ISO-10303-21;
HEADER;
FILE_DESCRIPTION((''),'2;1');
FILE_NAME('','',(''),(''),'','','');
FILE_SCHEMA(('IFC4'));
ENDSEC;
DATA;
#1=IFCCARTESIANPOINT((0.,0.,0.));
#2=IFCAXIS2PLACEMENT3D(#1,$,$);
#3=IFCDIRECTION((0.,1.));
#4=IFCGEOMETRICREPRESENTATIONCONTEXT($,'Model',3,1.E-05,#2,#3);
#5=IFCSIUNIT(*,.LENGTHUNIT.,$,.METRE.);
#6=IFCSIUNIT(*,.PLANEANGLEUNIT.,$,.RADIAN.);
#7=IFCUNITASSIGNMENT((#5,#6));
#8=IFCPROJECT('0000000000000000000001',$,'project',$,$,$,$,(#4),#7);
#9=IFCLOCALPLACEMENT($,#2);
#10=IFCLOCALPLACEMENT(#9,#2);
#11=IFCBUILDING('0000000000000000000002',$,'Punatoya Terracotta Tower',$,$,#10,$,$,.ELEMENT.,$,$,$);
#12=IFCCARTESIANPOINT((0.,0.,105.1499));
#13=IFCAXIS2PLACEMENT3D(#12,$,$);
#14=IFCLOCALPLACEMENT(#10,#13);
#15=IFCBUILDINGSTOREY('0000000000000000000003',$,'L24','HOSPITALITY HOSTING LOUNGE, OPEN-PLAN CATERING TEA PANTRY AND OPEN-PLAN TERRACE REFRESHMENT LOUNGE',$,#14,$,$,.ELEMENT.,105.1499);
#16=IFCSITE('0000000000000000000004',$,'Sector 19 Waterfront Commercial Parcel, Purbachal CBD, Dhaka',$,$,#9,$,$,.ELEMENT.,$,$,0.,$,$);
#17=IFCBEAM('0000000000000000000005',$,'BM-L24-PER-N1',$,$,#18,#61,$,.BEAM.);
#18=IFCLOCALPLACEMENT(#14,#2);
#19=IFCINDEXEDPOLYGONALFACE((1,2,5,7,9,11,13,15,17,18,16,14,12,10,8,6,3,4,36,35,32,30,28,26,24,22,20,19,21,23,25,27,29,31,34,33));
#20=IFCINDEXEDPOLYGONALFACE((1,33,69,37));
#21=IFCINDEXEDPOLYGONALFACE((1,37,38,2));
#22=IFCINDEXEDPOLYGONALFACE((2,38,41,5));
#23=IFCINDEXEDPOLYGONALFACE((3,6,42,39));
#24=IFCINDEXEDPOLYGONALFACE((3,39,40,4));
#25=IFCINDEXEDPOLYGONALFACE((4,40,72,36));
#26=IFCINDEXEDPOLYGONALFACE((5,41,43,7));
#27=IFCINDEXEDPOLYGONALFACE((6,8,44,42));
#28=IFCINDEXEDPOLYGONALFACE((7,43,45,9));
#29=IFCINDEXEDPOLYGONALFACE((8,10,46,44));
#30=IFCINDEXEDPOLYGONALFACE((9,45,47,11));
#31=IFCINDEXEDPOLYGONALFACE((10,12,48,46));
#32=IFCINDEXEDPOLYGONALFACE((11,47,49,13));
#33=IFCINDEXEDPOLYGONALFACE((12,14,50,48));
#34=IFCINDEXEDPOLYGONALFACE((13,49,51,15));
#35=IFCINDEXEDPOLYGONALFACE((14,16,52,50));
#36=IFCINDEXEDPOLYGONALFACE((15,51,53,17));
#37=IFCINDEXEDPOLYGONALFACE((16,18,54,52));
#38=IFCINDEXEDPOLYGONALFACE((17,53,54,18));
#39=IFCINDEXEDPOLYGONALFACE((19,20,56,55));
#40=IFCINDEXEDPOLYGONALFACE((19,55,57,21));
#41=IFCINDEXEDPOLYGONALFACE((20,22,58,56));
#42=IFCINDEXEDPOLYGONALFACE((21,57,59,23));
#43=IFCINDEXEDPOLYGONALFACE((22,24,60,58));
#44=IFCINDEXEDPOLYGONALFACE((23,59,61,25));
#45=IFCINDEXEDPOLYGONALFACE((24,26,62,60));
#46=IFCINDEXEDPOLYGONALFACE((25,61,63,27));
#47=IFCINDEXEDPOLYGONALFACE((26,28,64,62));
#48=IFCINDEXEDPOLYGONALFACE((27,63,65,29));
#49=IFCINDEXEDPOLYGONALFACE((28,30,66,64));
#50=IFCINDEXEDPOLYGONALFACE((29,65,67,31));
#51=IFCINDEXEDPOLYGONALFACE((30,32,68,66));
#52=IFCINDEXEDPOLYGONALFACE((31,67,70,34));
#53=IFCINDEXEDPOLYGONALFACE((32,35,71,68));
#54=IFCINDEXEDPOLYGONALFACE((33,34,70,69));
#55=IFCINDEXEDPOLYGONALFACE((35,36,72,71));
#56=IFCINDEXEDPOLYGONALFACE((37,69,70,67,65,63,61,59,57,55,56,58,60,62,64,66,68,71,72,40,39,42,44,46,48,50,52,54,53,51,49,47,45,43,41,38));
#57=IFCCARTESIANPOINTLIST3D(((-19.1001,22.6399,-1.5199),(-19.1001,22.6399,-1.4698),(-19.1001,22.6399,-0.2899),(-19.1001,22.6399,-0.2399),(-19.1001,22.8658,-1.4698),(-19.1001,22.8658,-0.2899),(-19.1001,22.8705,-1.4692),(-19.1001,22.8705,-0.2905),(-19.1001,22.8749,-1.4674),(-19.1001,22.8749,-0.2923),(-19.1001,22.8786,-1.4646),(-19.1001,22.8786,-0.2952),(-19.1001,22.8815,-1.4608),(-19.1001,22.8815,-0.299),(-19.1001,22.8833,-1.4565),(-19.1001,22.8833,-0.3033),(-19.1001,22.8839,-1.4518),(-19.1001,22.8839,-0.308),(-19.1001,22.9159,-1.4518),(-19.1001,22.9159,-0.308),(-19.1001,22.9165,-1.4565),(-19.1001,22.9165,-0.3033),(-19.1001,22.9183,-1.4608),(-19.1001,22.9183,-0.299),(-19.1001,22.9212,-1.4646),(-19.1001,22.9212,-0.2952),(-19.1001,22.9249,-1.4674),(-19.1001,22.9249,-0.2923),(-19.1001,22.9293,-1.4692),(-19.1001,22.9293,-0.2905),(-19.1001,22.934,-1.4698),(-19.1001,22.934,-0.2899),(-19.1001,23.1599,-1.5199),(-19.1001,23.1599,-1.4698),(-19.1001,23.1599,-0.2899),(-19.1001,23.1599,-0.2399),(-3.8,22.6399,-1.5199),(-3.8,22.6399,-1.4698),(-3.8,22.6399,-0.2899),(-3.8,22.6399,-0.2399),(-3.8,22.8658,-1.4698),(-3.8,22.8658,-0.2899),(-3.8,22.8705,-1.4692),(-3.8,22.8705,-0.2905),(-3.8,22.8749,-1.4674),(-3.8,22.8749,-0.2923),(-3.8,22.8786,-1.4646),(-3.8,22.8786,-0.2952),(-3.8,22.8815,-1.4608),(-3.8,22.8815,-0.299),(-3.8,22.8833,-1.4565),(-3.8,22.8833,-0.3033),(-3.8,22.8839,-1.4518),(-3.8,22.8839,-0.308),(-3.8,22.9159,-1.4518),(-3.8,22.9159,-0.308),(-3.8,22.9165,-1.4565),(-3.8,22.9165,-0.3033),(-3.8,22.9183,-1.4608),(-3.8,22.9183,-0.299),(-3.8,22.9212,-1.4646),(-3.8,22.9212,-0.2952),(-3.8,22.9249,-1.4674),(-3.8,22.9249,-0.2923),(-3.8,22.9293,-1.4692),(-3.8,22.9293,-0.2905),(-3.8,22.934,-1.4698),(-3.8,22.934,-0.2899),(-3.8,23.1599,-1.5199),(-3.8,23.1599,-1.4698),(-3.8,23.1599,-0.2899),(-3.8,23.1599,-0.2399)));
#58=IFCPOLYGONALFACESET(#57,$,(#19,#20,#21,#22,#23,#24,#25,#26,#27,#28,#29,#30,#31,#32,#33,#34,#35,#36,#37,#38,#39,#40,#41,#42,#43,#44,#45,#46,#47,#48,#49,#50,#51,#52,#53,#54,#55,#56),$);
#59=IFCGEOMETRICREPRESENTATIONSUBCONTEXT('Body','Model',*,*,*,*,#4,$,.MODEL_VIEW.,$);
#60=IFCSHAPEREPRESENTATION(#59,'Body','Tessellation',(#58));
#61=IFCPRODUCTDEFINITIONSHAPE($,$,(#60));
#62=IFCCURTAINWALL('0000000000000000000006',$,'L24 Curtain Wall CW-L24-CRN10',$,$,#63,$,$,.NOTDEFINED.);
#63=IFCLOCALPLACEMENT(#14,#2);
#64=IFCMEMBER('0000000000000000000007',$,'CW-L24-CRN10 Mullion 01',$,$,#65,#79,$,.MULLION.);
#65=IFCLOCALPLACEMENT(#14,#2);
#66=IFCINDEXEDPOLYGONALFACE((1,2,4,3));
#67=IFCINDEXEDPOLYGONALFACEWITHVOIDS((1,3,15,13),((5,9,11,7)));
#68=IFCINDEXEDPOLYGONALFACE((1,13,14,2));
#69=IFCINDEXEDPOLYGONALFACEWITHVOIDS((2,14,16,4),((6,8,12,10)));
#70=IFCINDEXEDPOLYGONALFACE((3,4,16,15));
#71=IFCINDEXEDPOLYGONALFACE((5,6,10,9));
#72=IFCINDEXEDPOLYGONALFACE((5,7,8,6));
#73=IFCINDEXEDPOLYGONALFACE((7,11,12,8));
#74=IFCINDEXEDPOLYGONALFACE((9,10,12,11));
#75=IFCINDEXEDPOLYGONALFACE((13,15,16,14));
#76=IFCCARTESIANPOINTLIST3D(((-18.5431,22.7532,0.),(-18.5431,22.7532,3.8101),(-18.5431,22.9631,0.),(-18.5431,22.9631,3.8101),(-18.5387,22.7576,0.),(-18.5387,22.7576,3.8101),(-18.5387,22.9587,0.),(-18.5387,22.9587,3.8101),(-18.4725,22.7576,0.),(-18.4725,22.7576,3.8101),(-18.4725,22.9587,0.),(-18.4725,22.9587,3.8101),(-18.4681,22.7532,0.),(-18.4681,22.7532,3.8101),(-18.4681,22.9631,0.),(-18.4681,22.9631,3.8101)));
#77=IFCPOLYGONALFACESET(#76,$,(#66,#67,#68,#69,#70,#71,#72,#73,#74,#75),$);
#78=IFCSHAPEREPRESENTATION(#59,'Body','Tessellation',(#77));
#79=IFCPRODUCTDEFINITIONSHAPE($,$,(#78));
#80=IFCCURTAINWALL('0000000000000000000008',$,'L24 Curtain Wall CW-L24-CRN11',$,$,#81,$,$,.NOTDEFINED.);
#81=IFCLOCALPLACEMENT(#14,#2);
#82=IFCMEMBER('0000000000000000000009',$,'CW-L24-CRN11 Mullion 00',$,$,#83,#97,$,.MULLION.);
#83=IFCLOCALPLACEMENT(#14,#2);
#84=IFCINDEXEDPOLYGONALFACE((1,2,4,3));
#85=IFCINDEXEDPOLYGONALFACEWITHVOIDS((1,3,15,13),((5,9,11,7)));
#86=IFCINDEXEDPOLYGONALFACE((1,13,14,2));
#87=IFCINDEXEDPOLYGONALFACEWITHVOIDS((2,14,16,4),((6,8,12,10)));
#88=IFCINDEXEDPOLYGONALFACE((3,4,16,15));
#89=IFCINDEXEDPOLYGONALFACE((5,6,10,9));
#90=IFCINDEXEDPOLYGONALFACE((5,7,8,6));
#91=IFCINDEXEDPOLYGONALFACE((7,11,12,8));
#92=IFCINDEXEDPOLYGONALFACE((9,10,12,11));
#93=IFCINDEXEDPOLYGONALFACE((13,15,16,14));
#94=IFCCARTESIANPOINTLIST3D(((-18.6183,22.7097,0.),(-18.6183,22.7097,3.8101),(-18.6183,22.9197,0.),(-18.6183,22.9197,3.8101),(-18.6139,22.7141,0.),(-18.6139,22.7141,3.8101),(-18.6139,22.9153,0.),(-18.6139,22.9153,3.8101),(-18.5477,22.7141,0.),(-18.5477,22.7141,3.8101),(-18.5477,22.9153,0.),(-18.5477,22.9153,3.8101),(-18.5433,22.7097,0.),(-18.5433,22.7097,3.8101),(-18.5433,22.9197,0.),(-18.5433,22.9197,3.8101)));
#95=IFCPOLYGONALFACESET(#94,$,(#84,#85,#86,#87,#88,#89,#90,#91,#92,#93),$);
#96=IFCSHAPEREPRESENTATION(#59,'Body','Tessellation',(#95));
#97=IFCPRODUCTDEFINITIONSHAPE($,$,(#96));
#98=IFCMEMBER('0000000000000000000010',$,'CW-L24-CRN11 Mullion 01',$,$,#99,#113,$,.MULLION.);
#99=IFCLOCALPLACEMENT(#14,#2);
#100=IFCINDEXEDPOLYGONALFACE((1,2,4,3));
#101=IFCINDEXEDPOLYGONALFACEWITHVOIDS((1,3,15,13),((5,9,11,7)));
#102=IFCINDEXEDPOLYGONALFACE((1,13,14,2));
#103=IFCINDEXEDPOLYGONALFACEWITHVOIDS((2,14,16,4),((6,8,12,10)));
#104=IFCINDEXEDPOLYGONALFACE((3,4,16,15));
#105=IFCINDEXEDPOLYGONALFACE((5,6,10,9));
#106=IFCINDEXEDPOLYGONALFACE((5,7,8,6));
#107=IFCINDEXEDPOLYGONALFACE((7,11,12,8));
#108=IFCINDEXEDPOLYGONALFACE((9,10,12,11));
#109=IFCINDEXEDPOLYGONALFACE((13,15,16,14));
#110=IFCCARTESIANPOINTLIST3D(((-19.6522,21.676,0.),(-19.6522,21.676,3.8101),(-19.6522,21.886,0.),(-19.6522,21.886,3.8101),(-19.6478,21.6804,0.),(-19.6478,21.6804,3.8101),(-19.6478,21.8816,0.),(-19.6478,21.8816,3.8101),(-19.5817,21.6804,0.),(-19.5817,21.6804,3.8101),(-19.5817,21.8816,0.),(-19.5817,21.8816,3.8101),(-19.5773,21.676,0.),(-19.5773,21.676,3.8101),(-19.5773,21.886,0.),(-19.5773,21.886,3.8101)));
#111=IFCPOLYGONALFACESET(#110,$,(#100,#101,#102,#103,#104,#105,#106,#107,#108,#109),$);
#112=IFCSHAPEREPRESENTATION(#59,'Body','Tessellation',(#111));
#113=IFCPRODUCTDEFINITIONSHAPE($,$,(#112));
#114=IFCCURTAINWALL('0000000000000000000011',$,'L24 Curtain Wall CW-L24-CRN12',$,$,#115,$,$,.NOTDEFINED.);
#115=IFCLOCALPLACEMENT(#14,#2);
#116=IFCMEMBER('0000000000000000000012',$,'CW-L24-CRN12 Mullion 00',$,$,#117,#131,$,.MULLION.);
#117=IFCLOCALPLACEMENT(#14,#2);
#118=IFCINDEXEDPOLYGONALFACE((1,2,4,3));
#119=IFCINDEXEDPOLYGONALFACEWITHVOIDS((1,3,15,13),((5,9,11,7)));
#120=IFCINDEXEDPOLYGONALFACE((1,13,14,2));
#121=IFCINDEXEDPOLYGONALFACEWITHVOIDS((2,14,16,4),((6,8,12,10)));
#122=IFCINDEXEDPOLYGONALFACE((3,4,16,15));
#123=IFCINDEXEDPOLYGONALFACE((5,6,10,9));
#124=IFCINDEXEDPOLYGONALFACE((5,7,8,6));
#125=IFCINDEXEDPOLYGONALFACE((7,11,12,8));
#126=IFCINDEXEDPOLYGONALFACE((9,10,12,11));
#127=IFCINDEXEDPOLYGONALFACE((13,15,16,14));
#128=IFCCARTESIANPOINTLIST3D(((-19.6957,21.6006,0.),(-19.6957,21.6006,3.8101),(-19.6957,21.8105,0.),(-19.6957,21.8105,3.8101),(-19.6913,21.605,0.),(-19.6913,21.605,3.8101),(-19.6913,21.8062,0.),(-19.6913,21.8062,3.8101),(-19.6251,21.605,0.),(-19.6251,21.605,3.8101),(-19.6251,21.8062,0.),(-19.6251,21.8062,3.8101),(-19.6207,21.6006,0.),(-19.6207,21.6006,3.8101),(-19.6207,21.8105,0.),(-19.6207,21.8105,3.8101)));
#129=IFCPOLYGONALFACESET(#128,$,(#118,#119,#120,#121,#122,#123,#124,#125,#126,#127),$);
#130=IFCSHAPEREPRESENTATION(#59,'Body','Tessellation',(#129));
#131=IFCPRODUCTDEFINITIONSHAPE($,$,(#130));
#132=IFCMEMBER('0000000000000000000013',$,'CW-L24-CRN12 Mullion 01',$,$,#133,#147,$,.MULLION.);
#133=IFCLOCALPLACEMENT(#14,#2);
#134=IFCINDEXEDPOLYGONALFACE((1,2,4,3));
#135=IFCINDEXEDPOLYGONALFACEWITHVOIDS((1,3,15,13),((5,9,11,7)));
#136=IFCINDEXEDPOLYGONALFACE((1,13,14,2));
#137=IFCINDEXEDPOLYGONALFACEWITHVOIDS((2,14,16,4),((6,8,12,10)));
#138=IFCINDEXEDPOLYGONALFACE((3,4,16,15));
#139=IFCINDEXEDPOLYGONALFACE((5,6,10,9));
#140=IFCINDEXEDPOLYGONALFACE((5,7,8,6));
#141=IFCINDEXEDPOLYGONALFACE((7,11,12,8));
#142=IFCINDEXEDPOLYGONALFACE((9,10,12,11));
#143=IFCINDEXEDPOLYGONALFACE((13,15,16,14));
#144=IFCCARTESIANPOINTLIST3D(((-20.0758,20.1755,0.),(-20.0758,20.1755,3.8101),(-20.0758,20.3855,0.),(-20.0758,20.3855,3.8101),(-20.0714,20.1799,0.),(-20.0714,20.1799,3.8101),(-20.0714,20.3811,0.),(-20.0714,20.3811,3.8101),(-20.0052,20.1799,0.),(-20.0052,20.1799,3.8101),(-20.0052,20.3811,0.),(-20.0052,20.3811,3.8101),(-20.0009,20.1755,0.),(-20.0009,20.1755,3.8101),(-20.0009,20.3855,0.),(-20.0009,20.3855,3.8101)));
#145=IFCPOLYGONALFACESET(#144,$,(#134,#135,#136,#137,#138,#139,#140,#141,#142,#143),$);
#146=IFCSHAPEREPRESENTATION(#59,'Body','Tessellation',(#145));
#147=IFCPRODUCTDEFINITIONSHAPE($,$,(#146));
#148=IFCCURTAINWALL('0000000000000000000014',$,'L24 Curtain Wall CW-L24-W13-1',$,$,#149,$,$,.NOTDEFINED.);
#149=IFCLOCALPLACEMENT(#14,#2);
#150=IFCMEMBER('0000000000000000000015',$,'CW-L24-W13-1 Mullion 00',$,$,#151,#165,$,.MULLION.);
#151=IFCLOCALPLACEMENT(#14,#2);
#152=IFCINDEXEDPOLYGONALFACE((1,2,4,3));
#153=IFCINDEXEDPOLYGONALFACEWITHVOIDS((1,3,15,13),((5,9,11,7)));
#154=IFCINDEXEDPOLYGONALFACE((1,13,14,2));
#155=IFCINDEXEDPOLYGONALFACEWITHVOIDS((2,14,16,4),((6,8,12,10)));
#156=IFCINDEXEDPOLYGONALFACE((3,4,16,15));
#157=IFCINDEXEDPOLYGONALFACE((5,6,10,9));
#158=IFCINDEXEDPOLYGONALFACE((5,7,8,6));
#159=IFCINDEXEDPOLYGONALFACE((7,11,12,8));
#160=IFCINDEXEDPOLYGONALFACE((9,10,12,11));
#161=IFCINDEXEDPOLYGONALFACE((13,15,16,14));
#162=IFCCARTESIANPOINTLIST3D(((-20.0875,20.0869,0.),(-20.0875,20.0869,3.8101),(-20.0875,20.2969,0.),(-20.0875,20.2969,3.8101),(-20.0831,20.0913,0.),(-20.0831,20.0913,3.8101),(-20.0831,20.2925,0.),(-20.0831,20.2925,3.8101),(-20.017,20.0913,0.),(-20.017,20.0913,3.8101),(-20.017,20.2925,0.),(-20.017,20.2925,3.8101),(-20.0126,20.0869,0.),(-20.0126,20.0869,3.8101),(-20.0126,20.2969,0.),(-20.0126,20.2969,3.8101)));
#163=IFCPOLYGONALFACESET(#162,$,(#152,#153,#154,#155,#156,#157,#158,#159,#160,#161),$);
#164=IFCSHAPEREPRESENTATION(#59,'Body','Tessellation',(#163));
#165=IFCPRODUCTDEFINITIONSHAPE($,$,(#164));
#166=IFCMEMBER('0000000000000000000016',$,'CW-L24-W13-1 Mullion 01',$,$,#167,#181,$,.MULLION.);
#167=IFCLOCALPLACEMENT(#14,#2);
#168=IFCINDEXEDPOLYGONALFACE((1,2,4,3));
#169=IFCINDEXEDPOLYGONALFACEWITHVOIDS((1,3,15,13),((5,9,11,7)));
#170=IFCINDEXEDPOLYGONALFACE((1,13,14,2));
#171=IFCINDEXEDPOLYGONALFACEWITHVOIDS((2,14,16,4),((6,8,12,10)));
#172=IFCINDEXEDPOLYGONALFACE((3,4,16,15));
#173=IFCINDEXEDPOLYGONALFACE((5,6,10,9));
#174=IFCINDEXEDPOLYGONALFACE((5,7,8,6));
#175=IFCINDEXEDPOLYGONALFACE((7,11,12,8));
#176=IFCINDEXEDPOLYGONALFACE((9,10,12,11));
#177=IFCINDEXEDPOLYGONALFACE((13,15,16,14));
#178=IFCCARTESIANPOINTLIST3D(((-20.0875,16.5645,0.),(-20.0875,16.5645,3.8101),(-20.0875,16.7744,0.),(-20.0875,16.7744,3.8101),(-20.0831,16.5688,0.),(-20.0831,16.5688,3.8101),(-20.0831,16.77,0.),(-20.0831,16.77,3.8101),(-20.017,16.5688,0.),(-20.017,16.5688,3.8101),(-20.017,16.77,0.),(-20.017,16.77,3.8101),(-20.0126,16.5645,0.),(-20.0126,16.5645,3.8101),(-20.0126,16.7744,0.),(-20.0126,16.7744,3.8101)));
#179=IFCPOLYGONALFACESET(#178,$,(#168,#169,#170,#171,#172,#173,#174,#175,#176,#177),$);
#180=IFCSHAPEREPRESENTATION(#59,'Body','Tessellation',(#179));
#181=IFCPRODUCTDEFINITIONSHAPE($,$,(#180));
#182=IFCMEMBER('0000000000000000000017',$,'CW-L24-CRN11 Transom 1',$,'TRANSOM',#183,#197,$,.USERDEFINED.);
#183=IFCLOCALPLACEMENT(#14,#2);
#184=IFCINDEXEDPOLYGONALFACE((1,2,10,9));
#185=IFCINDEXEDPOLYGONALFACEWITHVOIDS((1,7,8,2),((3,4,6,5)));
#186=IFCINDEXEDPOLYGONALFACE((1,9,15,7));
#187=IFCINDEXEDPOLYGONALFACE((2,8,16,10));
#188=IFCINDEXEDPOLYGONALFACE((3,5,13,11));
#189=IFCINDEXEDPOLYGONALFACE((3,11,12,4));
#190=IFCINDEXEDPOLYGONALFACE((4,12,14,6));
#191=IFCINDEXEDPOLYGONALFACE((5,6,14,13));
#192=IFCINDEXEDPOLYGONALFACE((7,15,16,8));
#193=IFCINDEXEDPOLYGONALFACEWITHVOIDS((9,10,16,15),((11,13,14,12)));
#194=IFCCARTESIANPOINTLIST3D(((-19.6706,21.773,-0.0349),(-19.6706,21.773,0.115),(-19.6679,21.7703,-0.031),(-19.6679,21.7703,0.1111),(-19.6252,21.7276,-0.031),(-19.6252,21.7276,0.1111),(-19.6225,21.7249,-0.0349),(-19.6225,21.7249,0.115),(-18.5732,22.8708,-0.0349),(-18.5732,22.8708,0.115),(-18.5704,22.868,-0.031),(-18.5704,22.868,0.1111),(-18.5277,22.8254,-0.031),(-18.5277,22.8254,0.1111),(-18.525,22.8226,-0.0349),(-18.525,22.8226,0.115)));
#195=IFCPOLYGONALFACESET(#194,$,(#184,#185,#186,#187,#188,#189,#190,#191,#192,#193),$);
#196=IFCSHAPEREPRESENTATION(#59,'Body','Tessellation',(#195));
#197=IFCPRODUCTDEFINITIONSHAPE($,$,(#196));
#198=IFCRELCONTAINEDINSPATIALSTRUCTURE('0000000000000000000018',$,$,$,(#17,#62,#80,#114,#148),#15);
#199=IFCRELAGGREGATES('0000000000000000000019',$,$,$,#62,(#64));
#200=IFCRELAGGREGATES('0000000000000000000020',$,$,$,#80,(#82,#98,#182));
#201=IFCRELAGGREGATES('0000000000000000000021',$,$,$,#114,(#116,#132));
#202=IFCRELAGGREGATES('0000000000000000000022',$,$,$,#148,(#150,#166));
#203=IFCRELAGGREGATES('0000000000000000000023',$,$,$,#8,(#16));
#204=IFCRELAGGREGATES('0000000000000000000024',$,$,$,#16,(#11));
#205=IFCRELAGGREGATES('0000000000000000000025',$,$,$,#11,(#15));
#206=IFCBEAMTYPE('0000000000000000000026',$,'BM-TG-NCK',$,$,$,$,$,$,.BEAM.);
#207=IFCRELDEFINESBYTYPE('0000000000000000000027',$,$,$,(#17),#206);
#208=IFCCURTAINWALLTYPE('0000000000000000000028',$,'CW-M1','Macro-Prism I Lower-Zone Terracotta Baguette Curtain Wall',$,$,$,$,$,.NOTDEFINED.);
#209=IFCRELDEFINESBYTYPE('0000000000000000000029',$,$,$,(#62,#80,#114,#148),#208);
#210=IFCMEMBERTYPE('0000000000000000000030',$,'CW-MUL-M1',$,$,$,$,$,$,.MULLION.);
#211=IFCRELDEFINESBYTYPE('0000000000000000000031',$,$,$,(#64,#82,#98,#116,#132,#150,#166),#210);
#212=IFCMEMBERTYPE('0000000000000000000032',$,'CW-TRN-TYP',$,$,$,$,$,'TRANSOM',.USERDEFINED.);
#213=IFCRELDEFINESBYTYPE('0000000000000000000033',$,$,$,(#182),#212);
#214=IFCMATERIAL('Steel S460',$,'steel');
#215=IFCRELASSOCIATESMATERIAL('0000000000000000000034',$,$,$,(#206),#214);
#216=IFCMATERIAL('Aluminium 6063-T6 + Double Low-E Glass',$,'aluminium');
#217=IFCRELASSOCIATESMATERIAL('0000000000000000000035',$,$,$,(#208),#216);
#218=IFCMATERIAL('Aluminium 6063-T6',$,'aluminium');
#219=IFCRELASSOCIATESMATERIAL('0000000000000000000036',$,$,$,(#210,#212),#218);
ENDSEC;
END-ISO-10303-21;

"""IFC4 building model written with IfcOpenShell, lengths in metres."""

from ifc_helpers import new_model, si_unit, direction, frame, origin, origin_2d, place, context, subcontext, project, spatial, hollow_rectangle, i_section, extrude, material, material_profile, profile_set, type_object, element, aggregate, save


model = new_model("IFC4")

# Units and contexts
model_context = context("Model", 3, precision=1e-05, world=origin(), true_north=direction((0.0, 1.0)))
body_context = subcontext(model_context, "Body", "Model", "MODEL_VIEW")
ifc_project = project(units=[si_unit("LENGTHUNIT", "METRE"), si_unit("PLANEANGLEUNIT", "RADIAN")], contexts=[model_context])

# Site, building, storey
site_placement = place(None, origin())
site = spatial("IfcSite", under=ifc_project, at=site_placement, Name="Sector 19 Waterfront Commercial Parcel, Purbachal CBD, Dhaka", CompositionType="ELEMENT", RefElevation=0.0)
building_placement = place(site_placement, origin())
building = spatial("IfcBuilding", under=site, at=building_placement, Name="Punatoya Terracotta Tower", CompositionType="ELEMENT")
storey_placement = place(building_placement, frame((0.0, 0.0, 105.1499)))
storey = spatial("IfcBuildingStorey", under=building, at=storey_placement, Name="L24", Description="HOSPITALITY HOSTING LOUNGE, OPEN-PLAN CATERING TEA PANTRY AND OPEN-PLAN TERRACE REFRESHMENT LOUNGE", CompositionType="ELEMENT", Elevation=105.1499)

# Shared definitions
ifc_material_1 = material(Name="Steel S460", Category="steel")

# Beam
ifc_material_profile_1 = material_profile(ifc_material_1, i_section(OverallWidth=0.52, OverallDepth=1.28, WebThickness=0.032, FlangeThickness=0.05, FilletRadius=0.0181, at=origin_2d()))
ifc_profile_set_1 = profile_set([ifc_material_profile_1], Name="Steel S460")
beam_type_1 = type_object("IfcBeamType", Name="BM-TG-NCK", PredefinedType="BEAM", material=ifc_profile_set_1)
beam_1_placement = place(storey_placement, frame((-19.1001, 22.8999, -0.8799), z_axis=(1.0, 0.0, 0.0), x_axis=(0.0, 1.0, 0.0)))
element("IfcBeam", 1, at=beam_1_placement, inside=storey, type_object=beam_type_1, Name="BM-L24-PER-N1", PredefinedType="BEAM", context=body_context, shape_type="SweptSolid", body=[
    extrude(i_section(OverallWidth=0.52, OverallDepth=1.28, WebThickness=0.032, FlangeThickness=0.05, FilletRadius=0.0181, at=origin_2d()), origin(), (0.0, 0.0, 1.0), 15.3),
])

# Curtain wall, member
ifc_material_2 = material(Name="Aluminium 6063-T6 + Double Low-E Glass", Category="aluminium")
curtain_wall_type = type_object("IfcCurtainWallType", Name="CW-M1", Description="Macro-Prism I Lower-Zone Terracotta Baguette Curtain Wall", PredefinedType="NOTDEFINED", material=ifc_material_2)
curtain_wall_1_placement = place(storey_placement, origin())
curtain_wall_1 = element("IfcCurtainWall", 2, at=curtain_wall_1_placement, inside=storey, type_object=curtain_wall_type, Name="L24 Curtain Wall CW-L24-CRN10", PredefinedType="NOTDEFINED")
ifc_material_3 = material(Name="Aluminium 6063-T6", Category="aluminium")
ifc_material_profile_2 = material_profile(ifc_material_3, hollow_rectangle(XDim=0.075, YDim=0.21, WallThickness=0.0044, at=origin_2d()))
ifc_profile_set_2 = profile_set([ifc_material_profile_2], Name="Aluminium 6063-T6")
member_type_1 = type_object("IfcMemberType", Name="CW-MUL-M1", PredefinedType="MULLION", material=ifc_profile_set_2)
member_1_placement = place(storey_placement, frame((-18.5056, 22.8582, 0.0), z_axis=(0.0, 0.0, 1.0), x_axis=(1.0, 0.0, 0.0)))
member_1 = element("IfcMember", 3, at=member_1_placement, type_object=member_type_1, Name="CW-L24-CRN10 Mullion 01", PredefinedType="MULLION", context=body_context, shape_type="SweptSolid", body=[
    extrude(hollow_rectangle(XDim=0.075, YDim=0.21, WallThickness=0.0044, at=origin_2d()), origin(), (0.0, 0.0, 1.0), 3.8101),
])
aggregate(curtain_wall_1, [member_1])

# Curtain walls, members
curtain_wall_2_placement = place(storey_placement, origin())
curtain_wall_2 = element("IfcCurtainWall", 4, at=curtain_wall_2_placement, inside=storey, type_object=curtain_wall_type, Name="L24 Curtain Wall CW-L24-CRN11", PredefinedType="NOTDEFINED")
member_2_placement = place(storey_placement, frame((-18.5808, 22.8147, 0.0), z_axis=(0.0, 0.0, 1.0), x_axis=(1.0, 0.0, 0.0)))
member_2 = element("IfcMember", 5, at=member_2_placement, type_object=member_type_1, Name="CW-L24-CRN11 Mullion 00", PredefinedType="MULLION", context=body_context, shape_type="SweptSolid", body=[
    extrude(hollow_rectangle(XDim=0.075, YDim=0.21, WallThickness=0.0044, at=origin_2d()), origin(), (0.0, 0.0, 1.0), 3.8101),
])
member_3_placement = place(storey_placement, frame((-19.6147, 21.781, 0.0), z_axis=(0.0, 0.0, 1.0), x_axis=(1.0, 0.0, 0.0)))
member_3 = element("IfcMember", 6, at=member_3_placement, type_object=member_type_1, Name="CW-L24-CRN11 Mullion 01", PredefinedType="MULLION", context=body_context, shape_type="SweptSolid", body=[
    extrude(hollow_rectangle(XDim=0.075, YDim=0.21, WallThickness=0.0044, at=origin_2d()), origin(), (0.0, 0.0, 1.0), 3.8101),
])
curtain_wall_3_placement = place(storey_placement, origin())
curtain_wall_3 = element("IfcCurtainWall", 7, at=curtain_wall_3_placement, inside=storey, type_object=curtain_wall_type, Name="L24 Curtain Wall CW-L24-CRN12", PredefinedType="NOTDEFINED")
member_4_placement = place(storey_placement, frame((-19.6582, 21.7056, 0.0), z_axis=(0.0, 0.0, 1.0), x_axis=(1.0, 0.0, 0.0)))
member_4 = element("IfcMember", 8, at=member_4_placement, type_object=member_type_1, Name="CW-L24-CRN12 Mullion 00", PredefinedType="MULLION", context=body_context, shape_type="SweptSolid", body=[
    extrude(hollow_rectangle(XDim=0.075, YDim=0.21, WallThickness=0.0044, at=origin_2d()), origin(), (0.0, 0.0, 1.0), 3.8101),
])
member_5_placement = place(storey_placement, frame((-20.0383, 20.2805, 0.0), z_axis=(0.0, 0.0, 1.0), x_axis=(1.0, 0.0, 0.0)))
member_5 = element("IfcMember", 9, at=member_5_placement, type_object=member_type_1, Name="CW-L24-CRN12 Mullion 01", PredefinedType="MULLION", context=body_context, shape_type="SweptSolid", body=[
    extrude(hollow_rectangle(XDim=0.075, YDim=0.21, WallThickness=0.0044, at=origin_2d()), origin(), (0.0, 0.0, 1.0), 3.8101),
])
curtain_wall_4_placement = place(storey_placement, origin())
curtain_wall_4 = element("IfcCurtainWall", 10, at=curtain_wall_4_placement, inside=storey, type_object=curtain_wall_type, Name="L24 Curtain Wall CW-L24-W13-1", PredefinedType="NOTDEFINED")
member_6_placement = place(storey_placement, frame((-20.05, 20.1919, 0.0), z_axis=(0.0, 0.0, 1.0), x_axis=(1.0, 0.0, 0.0)))
member_6 = element("IfcMember", 11, at=member_6_placement, type_object=member_type_1, Name="CW-L24-W13-1 Mullion 00", PredefinedType="MULLION", context=body_context, shape_type="SweptSolid", body=[
    extrude(hollow_rectangle(XDim=0.075, YDim=0.21, WallThickness=0.0044, at=origin_2d()), origin(), (0.0, 0.0, 1.0), 3.8101),
])
member_7_placement = place(storey_placement, frame((-20.05, 16.6694, 0.0), z_axis=(0.0, 0.0, 1.0), x_axis=(1.0, 0.0, 0.0)))
member_7 = element("IfcMember", 12, at=member_7_placement, type_object=member_type_1, Name="CW-L24-W13-1 Mullion 01", PredefinedType="MULLION", context=body_context, shape_type="SweptSolid", body=[
    extrude(hollow_rectangle(XDim=0.075, YDim=0.21, WallThickness=0.0044, at=origin_2d()), origin(), (0.0, 0.0, 1.0), 3.8101),
])

# Member
ifc_material_profile_3 = material_profile(ifc_material_3, hollow_rectangle(XDim=0.0681, YDim=0.1499, WallThickness=0.0039, at=origin_2d()))
ifc_profile_set_3 = profile_set([ifc_material_profile_3], Name="Aluminium 6063-T6")
member_type_2 = type_object("IfcMemberType", Name="CW-TRN-TYP", ElementType="TRANSOM", PredefinedType="USERDEFINED", material=ifc_profile_set_3)
member_8_placement = place(storey_placement, frame((-18.5491, 22.8467, 0.04), z_axis=(-0.707028, -0.707185, 0.0), x_axis=(0.707185, -0.707028, 0.0)))
member_8 = element("IfcMember", 13, at=member_8_placement, type_object=member_type_2, Name="CW-L24-CRN11 Transom 1", ObjectType="TRANSOM", PredefinedType="USERDEFINED", context=body_context, shape_type="SweptSolid", body=[
    extrude(hollow_rectangle(XDim=0.0681, YDim=0.1499, WallThickness=0.0039, at=origin_2d()), origin(), (0.0, 0.0, 1.0), 1.5522),
])

aggregate(curtain_wall_2, [member_2, member_3, member_8])
aggregate(curtain_wall_3, [member_4, member_5])
aggregate(curtain_wall_4, [member_6, member_7])

save(model, "model.ifc")
